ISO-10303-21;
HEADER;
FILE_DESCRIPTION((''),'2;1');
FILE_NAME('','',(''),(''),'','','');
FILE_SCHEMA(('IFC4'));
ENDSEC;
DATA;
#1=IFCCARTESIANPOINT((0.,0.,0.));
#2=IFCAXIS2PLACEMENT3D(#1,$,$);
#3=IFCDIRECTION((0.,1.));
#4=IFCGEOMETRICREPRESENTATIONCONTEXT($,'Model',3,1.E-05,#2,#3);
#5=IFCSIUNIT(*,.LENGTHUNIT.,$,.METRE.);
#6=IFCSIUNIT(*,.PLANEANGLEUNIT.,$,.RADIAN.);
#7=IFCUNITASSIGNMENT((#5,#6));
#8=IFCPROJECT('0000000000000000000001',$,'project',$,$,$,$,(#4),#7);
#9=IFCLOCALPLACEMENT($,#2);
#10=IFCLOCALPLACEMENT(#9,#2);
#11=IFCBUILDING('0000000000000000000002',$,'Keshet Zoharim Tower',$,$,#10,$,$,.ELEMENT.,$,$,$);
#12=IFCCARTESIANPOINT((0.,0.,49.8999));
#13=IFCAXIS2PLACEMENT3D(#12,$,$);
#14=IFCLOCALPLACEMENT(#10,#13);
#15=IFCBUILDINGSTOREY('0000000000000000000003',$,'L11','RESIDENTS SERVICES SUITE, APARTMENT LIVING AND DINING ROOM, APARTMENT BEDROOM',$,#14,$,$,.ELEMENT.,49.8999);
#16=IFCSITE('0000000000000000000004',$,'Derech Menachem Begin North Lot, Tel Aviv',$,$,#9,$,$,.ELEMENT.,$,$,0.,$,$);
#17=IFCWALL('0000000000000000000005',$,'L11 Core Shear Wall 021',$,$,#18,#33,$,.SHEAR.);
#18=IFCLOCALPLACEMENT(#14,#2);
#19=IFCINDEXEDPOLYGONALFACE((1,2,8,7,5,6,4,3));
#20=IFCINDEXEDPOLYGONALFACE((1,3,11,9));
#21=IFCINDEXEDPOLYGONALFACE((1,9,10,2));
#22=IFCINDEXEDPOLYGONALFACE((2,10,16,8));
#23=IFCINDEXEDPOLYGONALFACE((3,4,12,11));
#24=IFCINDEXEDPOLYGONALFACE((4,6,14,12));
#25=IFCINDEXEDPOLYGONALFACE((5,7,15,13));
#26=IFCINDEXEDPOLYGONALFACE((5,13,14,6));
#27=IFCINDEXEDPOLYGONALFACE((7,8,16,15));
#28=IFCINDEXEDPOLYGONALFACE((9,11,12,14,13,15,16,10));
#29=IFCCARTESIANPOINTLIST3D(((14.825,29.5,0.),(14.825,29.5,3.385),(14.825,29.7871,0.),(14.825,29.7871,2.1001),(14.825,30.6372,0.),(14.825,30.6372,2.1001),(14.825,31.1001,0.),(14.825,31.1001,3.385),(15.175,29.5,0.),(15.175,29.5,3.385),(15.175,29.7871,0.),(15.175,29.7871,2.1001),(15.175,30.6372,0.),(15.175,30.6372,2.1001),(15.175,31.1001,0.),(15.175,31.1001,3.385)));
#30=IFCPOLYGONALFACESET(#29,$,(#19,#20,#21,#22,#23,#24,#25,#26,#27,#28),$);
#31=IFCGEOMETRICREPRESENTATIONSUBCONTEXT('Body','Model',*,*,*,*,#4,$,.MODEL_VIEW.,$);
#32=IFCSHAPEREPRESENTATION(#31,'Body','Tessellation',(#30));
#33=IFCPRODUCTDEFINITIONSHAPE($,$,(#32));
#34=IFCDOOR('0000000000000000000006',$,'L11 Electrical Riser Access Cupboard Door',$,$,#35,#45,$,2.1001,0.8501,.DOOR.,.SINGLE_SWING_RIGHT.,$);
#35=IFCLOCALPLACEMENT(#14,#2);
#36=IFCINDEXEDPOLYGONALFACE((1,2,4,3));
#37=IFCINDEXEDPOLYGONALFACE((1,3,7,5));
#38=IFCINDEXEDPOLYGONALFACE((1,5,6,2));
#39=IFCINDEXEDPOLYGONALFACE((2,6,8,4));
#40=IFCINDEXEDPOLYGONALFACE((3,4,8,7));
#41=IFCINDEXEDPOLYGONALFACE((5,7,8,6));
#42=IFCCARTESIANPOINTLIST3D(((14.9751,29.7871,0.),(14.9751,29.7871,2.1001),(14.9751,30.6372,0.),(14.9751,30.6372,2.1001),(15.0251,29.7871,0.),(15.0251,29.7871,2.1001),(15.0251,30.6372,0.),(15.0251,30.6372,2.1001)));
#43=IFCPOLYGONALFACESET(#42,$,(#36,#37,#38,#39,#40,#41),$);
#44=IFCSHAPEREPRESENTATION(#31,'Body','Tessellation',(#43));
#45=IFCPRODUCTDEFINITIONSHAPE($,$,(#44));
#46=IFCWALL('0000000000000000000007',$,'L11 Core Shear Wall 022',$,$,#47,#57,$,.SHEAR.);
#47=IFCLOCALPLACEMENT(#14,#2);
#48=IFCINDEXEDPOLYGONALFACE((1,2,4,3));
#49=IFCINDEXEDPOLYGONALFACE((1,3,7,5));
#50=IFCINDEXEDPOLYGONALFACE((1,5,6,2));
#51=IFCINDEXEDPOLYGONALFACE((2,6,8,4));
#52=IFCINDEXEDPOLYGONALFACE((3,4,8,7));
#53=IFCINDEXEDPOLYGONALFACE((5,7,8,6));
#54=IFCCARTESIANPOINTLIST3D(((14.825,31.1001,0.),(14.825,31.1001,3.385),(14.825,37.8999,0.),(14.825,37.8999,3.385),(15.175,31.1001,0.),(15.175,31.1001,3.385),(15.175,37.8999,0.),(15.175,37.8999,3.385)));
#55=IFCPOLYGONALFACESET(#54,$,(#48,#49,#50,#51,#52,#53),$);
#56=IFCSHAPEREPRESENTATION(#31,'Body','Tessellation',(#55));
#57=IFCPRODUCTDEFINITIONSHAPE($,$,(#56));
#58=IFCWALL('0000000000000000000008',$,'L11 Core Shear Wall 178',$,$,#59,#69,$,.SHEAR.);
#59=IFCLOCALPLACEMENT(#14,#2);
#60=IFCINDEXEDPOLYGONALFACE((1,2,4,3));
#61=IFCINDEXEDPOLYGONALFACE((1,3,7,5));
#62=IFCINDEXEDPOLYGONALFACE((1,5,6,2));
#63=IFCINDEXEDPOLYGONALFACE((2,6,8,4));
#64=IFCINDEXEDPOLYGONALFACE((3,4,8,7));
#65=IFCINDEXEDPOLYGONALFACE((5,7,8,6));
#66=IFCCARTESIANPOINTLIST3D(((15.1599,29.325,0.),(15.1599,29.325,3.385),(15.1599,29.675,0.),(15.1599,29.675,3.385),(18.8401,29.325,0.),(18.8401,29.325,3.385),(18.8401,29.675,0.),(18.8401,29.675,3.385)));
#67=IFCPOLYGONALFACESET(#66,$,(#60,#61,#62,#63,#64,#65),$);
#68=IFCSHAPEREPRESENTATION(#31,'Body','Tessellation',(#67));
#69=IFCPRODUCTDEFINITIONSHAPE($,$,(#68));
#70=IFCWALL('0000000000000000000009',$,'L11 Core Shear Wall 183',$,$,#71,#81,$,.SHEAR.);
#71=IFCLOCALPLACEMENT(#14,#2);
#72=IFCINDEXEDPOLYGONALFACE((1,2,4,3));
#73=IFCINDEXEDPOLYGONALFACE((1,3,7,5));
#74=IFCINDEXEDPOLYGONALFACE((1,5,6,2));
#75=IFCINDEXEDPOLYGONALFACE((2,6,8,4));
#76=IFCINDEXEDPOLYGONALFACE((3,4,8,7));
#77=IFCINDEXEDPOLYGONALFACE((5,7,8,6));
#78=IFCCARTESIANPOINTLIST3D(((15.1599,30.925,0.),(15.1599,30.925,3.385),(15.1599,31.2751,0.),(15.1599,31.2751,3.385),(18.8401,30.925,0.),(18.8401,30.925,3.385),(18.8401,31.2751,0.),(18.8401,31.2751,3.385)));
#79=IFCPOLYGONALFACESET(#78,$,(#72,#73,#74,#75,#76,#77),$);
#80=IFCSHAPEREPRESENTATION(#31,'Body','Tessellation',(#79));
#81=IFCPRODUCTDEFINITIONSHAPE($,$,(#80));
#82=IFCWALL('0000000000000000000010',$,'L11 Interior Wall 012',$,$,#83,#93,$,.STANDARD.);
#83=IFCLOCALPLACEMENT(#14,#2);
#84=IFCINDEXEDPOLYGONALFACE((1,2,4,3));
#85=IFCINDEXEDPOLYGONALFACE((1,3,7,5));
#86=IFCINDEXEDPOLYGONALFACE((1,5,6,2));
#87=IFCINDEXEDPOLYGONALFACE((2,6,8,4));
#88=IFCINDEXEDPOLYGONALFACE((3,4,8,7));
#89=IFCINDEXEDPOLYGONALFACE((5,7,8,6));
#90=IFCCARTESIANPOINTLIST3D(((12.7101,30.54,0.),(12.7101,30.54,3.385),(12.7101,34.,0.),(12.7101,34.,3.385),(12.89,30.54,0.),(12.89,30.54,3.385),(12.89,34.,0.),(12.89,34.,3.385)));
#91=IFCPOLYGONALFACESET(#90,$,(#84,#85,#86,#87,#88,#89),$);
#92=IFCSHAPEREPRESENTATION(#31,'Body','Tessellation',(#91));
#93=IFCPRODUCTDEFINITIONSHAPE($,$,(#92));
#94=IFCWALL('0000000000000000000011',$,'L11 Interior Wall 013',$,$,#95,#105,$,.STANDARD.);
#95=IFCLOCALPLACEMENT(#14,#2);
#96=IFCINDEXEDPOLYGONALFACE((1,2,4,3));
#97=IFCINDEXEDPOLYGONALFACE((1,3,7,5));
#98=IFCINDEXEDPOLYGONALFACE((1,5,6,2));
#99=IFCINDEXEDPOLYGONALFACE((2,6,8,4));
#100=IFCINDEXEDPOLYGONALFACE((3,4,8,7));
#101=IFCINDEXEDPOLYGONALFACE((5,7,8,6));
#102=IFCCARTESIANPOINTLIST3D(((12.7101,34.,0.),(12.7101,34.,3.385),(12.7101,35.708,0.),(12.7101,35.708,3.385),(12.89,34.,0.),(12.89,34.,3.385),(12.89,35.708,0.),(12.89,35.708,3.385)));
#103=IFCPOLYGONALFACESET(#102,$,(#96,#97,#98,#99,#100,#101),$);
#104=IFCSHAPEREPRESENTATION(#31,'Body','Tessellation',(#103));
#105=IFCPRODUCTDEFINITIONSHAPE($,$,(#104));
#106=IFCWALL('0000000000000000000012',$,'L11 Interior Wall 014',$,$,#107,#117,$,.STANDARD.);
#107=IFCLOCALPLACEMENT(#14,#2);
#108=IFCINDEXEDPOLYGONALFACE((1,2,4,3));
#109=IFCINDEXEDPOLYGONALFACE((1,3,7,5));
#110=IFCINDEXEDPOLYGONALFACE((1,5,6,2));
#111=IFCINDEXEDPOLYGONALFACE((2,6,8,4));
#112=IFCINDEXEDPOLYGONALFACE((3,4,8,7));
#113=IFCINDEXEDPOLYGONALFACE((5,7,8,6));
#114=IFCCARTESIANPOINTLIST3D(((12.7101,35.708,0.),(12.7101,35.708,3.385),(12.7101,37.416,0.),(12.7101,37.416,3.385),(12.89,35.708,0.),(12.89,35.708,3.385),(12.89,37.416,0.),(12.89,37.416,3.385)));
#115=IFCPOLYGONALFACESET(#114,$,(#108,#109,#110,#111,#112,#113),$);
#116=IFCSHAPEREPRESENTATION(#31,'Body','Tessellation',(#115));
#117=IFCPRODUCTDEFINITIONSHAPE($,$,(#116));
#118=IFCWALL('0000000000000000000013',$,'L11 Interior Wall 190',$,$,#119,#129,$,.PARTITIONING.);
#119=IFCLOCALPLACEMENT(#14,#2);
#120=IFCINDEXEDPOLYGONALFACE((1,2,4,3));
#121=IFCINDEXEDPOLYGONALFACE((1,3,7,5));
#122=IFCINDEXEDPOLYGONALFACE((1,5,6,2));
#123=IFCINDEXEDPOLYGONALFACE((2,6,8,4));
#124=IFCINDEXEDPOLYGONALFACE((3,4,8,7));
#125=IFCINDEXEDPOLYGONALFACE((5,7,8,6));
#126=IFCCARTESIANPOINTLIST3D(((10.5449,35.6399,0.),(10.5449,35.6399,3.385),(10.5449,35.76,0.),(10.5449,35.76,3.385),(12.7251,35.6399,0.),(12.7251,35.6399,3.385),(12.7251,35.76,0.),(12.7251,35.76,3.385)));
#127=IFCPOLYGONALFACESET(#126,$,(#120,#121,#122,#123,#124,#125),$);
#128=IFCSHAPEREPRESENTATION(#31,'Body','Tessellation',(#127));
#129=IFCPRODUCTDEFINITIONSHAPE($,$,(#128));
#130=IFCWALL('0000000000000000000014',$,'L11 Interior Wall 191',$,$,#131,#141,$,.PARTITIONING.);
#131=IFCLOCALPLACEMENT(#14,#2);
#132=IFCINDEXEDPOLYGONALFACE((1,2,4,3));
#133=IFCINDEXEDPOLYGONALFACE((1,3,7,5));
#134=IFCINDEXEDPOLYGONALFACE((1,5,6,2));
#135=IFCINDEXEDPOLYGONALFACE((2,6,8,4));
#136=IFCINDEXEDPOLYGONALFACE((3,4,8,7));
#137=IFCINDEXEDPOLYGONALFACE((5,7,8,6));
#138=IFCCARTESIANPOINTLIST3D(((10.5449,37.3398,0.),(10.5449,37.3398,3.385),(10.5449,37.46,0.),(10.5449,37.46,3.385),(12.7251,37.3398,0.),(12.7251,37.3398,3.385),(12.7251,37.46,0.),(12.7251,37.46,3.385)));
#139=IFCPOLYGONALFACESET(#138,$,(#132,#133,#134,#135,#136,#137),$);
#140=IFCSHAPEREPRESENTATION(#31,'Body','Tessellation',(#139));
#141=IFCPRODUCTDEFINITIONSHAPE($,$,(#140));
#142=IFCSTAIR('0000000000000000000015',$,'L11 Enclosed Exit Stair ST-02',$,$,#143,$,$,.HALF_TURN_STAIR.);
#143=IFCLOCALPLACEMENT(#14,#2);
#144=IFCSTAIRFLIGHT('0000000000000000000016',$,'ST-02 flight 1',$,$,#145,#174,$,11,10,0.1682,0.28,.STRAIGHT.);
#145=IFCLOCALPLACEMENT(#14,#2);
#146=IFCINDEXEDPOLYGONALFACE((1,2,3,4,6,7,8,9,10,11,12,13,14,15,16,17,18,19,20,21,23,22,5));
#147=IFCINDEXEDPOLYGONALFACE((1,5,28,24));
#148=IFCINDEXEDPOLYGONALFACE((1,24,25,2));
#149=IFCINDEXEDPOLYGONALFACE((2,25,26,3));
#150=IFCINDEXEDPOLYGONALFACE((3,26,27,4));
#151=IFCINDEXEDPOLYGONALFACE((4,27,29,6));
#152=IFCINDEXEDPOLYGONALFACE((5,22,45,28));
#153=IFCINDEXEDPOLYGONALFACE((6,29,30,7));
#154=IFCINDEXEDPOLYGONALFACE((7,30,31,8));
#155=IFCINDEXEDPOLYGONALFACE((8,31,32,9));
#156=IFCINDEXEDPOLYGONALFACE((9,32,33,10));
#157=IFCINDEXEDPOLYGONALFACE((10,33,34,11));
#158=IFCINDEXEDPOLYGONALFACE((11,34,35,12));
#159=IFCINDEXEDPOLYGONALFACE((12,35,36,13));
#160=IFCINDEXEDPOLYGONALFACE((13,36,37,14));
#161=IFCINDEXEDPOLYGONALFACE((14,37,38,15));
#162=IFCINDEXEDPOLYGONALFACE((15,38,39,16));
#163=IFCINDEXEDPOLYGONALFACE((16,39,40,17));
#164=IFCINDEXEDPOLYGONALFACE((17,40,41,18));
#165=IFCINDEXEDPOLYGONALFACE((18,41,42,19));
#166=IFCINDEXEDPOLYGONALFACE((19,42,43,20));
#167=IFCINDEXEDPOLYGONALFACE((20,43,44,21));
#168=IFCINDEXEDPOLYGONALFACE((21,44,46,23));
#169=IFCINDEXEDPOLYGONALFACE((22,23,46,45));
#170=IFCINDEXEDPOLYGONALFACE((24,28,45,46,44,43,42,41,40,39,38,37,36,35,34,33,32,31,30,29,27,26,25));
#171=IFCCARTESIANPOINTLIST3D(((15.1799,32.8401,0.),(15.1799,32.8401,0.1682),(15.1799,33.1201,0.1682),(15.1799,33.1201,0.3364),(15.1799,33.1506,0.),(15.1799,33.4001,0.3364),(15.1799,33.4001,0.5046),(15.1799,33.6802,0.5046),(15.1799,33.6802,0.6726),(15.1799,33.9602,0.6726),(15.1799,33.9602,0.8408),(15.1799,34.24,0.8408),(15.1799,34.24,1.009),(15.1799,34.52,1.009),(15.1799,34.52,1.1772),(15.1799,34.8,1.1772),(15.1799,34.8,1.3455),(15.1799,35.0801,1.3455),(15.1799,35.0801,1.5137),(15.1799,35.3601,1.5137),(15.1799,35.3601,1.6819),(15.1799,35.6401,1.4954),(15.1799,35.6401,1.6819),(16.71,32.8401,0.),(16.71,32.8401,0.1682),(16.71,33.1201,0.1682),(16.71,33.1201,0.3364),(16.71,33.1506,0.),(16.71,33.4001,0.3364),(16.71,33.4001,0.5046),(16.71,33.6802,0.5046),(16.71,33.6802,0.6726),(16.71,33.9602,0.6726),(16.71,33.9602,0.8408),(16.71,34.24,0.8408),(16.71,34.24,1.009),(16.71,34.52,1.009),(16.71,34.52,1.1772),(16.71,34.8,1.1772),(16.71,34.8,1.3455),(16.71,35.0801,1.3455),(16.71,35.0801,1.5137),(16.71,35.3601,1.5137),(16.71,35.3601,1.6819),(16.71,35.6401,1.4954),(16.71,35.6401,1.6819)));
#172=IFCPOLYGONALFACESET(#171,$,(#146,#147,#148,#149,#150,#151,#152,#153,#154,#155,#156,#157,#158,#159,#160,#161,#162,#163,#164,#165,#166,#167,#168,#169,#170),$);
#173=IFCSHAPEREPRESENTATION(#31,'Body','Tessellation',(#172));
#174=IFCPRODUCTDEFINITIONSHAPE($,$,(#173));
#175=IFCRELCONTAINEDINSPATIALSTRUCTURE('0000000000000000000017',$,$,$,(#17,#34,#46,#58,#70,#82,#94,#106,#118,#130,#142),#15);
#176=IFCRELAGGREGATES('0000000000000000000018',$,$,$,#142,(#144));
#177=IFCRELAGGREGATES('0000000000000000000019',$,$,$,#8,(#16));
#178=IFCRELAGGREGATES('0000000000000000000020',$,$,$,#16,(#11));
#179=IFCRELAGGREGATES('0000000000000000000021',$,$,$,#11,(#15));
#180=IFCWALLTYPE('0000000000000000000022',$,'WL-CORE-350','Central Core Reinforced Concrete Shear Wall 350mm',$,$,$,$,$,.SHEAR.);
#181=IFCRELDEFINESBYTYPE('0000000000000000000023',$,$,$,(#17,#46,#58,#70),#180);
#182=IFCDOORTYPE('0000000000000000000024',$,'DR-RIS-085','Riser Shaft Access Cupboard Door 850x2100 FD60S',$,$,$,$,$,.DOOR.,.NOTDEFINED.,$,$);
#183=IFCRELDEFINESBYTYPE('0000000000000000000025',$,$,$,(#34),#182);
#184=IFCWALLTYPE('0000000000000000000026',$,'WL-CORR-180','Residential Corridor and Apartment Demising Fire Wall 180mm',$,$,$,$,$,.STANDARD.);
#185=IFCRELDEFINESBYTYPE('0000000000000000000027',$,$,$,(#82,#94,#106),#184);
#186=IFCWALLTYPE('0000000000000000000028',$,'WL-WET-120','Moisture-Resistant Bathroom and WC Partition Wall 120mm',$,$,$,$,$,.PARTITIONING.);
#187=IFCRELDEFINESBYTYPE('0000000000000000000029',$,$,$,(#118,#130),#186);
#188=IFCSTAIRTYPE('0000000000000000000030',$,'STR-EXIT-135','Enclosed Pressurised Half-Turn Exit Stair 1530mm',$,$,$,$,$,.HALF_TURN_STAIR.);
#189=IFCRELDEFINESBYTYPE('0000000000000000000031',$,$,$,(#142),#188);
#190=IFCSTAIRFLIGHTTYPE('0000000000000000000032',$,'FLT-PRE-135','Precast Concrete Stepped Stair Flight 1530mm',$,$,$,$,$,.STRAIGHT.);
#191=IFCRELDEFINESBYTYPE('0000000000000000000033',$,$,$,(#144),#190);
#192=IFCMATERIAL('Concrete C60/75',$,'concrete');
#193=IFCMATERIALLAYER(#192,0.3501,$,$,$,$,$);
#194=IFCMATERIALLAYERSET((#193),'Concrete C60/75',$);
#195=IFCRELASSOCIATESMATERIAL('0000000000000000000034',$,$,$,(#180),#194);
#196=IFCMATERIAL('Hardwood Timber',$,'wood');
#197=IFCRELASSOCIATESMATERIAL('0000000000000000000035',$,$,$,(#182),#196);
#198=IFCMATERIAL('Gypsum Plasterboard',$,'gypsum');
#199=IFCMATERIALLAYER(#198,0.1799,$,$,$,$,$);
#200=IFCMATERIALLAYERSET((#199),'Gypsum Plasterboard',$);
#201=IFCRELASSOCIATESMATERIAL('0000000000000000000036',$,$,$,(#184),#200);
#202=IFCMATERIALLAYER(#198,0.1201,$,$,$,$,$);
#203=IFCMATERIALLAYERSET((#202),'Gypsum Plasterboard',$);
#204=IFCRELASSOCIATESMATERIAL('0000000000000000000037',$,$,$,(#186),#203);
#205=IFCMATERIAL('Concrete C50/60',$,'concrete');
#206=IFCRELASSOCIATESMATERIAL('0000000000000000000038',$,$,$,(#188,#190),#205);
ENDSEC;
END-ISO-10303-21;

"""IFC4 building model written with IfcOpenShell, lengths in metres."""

from ifc_helpers import new_model, si_unit, direction, frame, frame_2d, origin, place, context, subcontext, project, spatial, polyline, rectangle, outline, extrude, material, layer, layer_set, type_object, element, fill, aggregate, save


model = new_model("IFC4")

# Units and contexts
model_context = context("Model", 3, precision=1e-05, world=origin(), true_north=direction((0.0, 1.0)))
body_context = subcontext(model_context, "Body", "Model", "MODEL_VIEW")
ifc_project = project(units=[si_unit("LENGTHUNIT", "METRE"), si_unit("PLANEANGLEUNIT", "RADIAN")], contexts=[model_context])

# Site, building, storey
site_placement = place(None, origin())
site = spatial("IfcSite", under=ifc_project, at=site_placement, Name="Derech Menachem Begin North Lot, Tel Aviv", CompositionType="ELEMENT", RefElevation=0.0)
building_placement = place(site_placement, origin())
building = spatial("IfcBuilding", under=site, at=building_placement, Name="Keshet Zoharim Tower", CompositionType="ELEMENT")
storey_placement = place(building_placement, frame((0.0, 0.0, 49.8999)))
storey = spatial("IfcBuildingStorey", under=building, at=storey_placement, Name="L11", Description="RESIDENTS SERVICES SUITE, APARTMENT LIVING AND DINING ROOM, APARTMENT BEDROOM", CompositionType="ELEMENT", Elevation=49.8999)

# Wall, opening, door
ifc_material_1 = material(Name="Concrete C60/75", Category="concrete")
ifc_layer_1 = layer(ifc_material_1, 0.3501)
ifc_layer_set_1 = layer_set([ifc_layer_1], Name="Concrete C60/75")
wall_type_1 = type_object("IfcWallType", Name="WL-CORE-350", Description="Central Core Reinforced Concrete Shear Wall 350mm", PredefinedType="SHEAR", material=ifc_layer_set_1)
wall_1_placement = place(storey_placement, frame((15.0, 29.5, 0.0), z_axis=(0.0, 0.0, 1.0), x_axis=(0.0, 1.0, 0.0)))
wall_1 = element("IfcWall", 1, at=wall_1_placement, inside=storey, type_object=wall_type_1, Name="L11 Core Shear Wall 021", PredefinedType="SHEAR", context=body_context, shape_type="SweptSolid", body=[
    extrude(rectangle(XDim=1.6001, YDim=0.3501, at=frame_2d((0.8, 0.0))), origin(), (0.0, 0.0, 1.0), 3.385),
])
opening_1_placement = place(wall_1_placement, frame((0.2871, 0.0, 0.0)))
opening_1 = element("IfcOpeningElement", 2, at=opening_1_placement, cuts=wall_1, PredefinedType="OPENING", context=body_context, shape_type="SweptSolid", body=[
    extrude(rectangle(XDim=0.8501, YDim=2.1001, at=frame_2d((0.425, 1.05))), frame((0.0, 0.1851, 0.0), z_axis=(0.0, -1.0, 0.0), x_axis=(1.0, 0.0, 0.0)), (0.0, 0.0, 1.0), 0.3701),
])
ifc_material_2 = material(Name="Hardwood Timber", Category="wood")
door_type_1 = type_object("IfcDoorType", Name="DR-RIS-085", Description="Riser Shaft Access Cupboard Door 850x2100 FD60S", OperationType="NOTDEFINED", PredefinedType="DOOR", material=ifc_material_2)
door_1_placement = place(opening_1_placement, origin())
door_1 = element("IfcDoor", 3, at=door_1_placement, inside=storey, type_object=door_type_1, Name="L11 Electrical Riser Access Cupboard Door", OperationType="SINGLE_SWING_RIGHT", OverallHeight=2.1001, OverallWidth=0.8501, PredefinedType="DOOR", context=body_context, shape_type="SweptSolid", body=[
    extrude(rectangle(XDim=0.8501, YDim=2.1001, at=frame_2d((0.425, 1.05))), frame((0.0, 0.0249, 0.0), z_axis=(0.0, -1.0, 0.0), x_axis=(1.0, 0.0, 0.0)), (0.0, 0.0, 1.0), 0.05),
])
fill(opening_1, door_1)

# Walls
wall_2_placement = place(storey_placement, frame((15.0, 31.1001, 0.0), z_axis=(0.0, 0.0, 1.0), x_axis=(0.0, 1.0, 0.0)))
element("IfcWall", 4, at=wall_2_placement, inside=storey, type_object=wall_type_1, Name="L11 Core Shear Wall 022", PredefinedType="SHEAR", context=body_context, shape_type="SweptSolid", body=[
    extrude(rectangle(XDim=6.7998, YDim=0.3501, at=frame_2d((3.3999, 0.0))), origin(), (0.0, 0.0, 1.0), 3.385),
])
for number, where, z_axis, x_axis, name in (
    (5, (15.1599, 29.5, 0.0), (0.0, 0.0, 1.0), (1.0, 0.0, 0.0), "L11 Core Shear Wall 178"),
    (6, (15.1599, 31.1001, 0.0), (0.0, 0.0, 1.0), (1.0, 0.0, 0.0), "L11 Core Shear Wall 183"),
):
    element("IfcWall", number, at=place(storey_placement, frame(where, z_axis=z_axis, x_axis=x_axis)), inside=storey, type_object=wall_type_1, Name=name, PredefinedType="SHEAR", context=body_context, shape_type="SweptSolid", body=[
        extrude(rectangle(XDim=3.6802, YDim=0.3501, at=frame_2d((1.8401, 0.0))), origin(), (0.0, 0.0, 1.0), 3.385),
    ])

# Shared definitions
ifc_material_3 = material(Name="Gypsum Plasterboard", Category="gypsum")
ifc_layer_2 = layer(ifc_material_3, 0.1799)
ifc_layer_set_2 = layer_set([ifc_layer_2], Name="Gypsum Plasterboard")
wall_type_2 = type_object("IfcWallType", Name="WL-CORR-180", Description="Residential Corridor and Apartment Demising Fire Wall 180mm", PredefinedType="STANDARD", material=ifc_layer_set_2)

# Walls
wall_3_placement = place(storey_placement, frame((12.8, 30.54, 0.0), z_axis=(0.0, 0.0, 1.0), x_axis=(0.0, 1.0, 0.0)))
element("IfcWall", 7, at=wall_3_placement, inside=storey, type_object=wall_type_2, Name="L11 Interior Wall 012", PredefinedType="STANDARD", context=body_context, shape_type="SweptSolid", body=[
    extrude(rectangle(XDim=3.46, YDim=0.1799, at=frame_2d((1.73, 0.0))), origin(), (0.0, 0.0, 1.0), 3.385),
])
for number, where, z_axis, x_axis, name in (
    (8, (12.8, 34.0, 0.0), (0.0, 0.0, 1.0), (0.0, 1.0, 0.0), "L11 Interior Wall 013"),
    (9, (12.8, 35.708, 0.0), (0.0, 0.0, 1.0), (0.0, 1.0, 0.0), "L11 Interior Wall 014"),
):
    element("IfcWall", number, at=place(storey_placement, frame(where, z_axis=z_axis, x_axis=x_axis)), inside=storey, type_object=wall_type_2, Name=name, PredefinedType="STANDARD", context=body_context, shape_type="SweptSolid", body=[
        extrude(rectangle(XDim=1.708, YDim=0.1799, at=frame_2d((0.854, 0.0))), origin(), (0.0, 0.0, 1.0), 3.385),
    ])

# Walls
ifc_layer_3 = layer(ifc_material_3, 0.1201)
ifc_layer_set_3 = layer_set([ifc_layer_3], Name="Gypsum Plasterboard")
wall_type_3 = type_object("IfcWallType", Name="WL-WET-120", Description="Moisture-Resistant Bathroom and WC Partition Wall 120mm", PredefinedType="PARTITIONING", material=ifc_layer_set_3)
for number, where, z_axis, x_axis, name in (
    (10, (10.5449, 35.7, 0.0), (0.0, 0.0, 1.0), (1.0, 0.0, 0.0), "L11 Interior Wall 190"),
    (11, (10.5449, 37.3999, 0.0), (0.0, 0.0, 1.0), (1.0, 0.0, 0.0), "L11 Interior Wall 191"),
):
    element("IfcWall", number, at=place(storey_placement, frame(where, z_axis=z_axis, x_axis=x_axis)), inside=storey, type_object=wall_type_3, Name=name, PredefinedType="PARTITIONING", context=body_context, shape_type="SweptSolid", body=[
        extrude(rectangle(XDim=2.1802, YDim=0.1201, at=frame_2d((1.0901, 0.0))), origin(), (0.0, 0.0, 1.0), 3.385),
    ])

# Stair, stair flight
ifc_material_4 = material(Name="Concrete C50/60", Category="concrete")
stair_type = type_object("IfcStairType", Name="STR-EXIT-135", Description="Enclosed Pressurised Half-Turn Exit Stair 1530mm", PredefinedType="HALF_TURN_STAIR", material=ifc_material_4)
stair_placement = place(storey_placement, origin())
stair = element("IfcStair", 12, at=stair_placement, inside=storey, type_object=stair_type, Name="L11 Enclosed Exit Stair ST-02", PredefinedType="HALF_TURN_STAIR")
stair_flight_type = type_object("IfcStairFlightType", Name="FLT-PRE-135", Description="Precast Concrete Stepped Stair Flight 1530mm", PredefinedType="STRAIGHT", material=ifc_material_4)
stair_flight_1_placement = place(storey_placement, frame((15.9451, 32.8401, 0.0), z_axis=(0.0, 0.0, 1.0), x_axis=(0.0, 1.0, 0.0)))
stair_flight_1 = element("IfcStairFlight", 13, at=stair_flight_1_placement, type_object=stair_flight_type, Name="ST-02 flight 1", NumberOfRisers=11, NumberOfTreads=10, PredefinedType="STRAIGHT", RiserHeight=0.1682, TreadLength=0.28, context=body_context, shape_type="SweptSolid", body=[
    extrude(outline(polyline([(0.0, 0.0), (0.0, 0.1682), (0.28, 0.1682), (0.28, 0.3364), (0.5601, 0.3364), (0.5601, 0.5046), (0.8401, 0.5046), (0.8401, 0.6726), (1.1201, 0.6726), (1.1201, 0.8408), (1.3999, 0.8408), (1.3999, 1.009), (1.6799, 1.009), (1.6799, 1.1772), (1.96, 1.1772), (1.96, 1.3455), (2.24, 1.3455), (2.24, 1.5137), (2.52, 1.5137), (2.52, 1.6819), (2.8, 1.6819), (2.8, 1.8501), (2.8, 1.4954), (0.3105, 0.0), (0.0, 0.0)])), frame((0.0, 0.7651, 0.0), z_axis=(0.0, -1.0, 0.0), x_axis=(1.0, 0.0, 0.0)), (0.0, 0.0, 1.0), 1.53),
])
aggregate(stair, [stair_flight_1])

save(model, "model.ifc")
